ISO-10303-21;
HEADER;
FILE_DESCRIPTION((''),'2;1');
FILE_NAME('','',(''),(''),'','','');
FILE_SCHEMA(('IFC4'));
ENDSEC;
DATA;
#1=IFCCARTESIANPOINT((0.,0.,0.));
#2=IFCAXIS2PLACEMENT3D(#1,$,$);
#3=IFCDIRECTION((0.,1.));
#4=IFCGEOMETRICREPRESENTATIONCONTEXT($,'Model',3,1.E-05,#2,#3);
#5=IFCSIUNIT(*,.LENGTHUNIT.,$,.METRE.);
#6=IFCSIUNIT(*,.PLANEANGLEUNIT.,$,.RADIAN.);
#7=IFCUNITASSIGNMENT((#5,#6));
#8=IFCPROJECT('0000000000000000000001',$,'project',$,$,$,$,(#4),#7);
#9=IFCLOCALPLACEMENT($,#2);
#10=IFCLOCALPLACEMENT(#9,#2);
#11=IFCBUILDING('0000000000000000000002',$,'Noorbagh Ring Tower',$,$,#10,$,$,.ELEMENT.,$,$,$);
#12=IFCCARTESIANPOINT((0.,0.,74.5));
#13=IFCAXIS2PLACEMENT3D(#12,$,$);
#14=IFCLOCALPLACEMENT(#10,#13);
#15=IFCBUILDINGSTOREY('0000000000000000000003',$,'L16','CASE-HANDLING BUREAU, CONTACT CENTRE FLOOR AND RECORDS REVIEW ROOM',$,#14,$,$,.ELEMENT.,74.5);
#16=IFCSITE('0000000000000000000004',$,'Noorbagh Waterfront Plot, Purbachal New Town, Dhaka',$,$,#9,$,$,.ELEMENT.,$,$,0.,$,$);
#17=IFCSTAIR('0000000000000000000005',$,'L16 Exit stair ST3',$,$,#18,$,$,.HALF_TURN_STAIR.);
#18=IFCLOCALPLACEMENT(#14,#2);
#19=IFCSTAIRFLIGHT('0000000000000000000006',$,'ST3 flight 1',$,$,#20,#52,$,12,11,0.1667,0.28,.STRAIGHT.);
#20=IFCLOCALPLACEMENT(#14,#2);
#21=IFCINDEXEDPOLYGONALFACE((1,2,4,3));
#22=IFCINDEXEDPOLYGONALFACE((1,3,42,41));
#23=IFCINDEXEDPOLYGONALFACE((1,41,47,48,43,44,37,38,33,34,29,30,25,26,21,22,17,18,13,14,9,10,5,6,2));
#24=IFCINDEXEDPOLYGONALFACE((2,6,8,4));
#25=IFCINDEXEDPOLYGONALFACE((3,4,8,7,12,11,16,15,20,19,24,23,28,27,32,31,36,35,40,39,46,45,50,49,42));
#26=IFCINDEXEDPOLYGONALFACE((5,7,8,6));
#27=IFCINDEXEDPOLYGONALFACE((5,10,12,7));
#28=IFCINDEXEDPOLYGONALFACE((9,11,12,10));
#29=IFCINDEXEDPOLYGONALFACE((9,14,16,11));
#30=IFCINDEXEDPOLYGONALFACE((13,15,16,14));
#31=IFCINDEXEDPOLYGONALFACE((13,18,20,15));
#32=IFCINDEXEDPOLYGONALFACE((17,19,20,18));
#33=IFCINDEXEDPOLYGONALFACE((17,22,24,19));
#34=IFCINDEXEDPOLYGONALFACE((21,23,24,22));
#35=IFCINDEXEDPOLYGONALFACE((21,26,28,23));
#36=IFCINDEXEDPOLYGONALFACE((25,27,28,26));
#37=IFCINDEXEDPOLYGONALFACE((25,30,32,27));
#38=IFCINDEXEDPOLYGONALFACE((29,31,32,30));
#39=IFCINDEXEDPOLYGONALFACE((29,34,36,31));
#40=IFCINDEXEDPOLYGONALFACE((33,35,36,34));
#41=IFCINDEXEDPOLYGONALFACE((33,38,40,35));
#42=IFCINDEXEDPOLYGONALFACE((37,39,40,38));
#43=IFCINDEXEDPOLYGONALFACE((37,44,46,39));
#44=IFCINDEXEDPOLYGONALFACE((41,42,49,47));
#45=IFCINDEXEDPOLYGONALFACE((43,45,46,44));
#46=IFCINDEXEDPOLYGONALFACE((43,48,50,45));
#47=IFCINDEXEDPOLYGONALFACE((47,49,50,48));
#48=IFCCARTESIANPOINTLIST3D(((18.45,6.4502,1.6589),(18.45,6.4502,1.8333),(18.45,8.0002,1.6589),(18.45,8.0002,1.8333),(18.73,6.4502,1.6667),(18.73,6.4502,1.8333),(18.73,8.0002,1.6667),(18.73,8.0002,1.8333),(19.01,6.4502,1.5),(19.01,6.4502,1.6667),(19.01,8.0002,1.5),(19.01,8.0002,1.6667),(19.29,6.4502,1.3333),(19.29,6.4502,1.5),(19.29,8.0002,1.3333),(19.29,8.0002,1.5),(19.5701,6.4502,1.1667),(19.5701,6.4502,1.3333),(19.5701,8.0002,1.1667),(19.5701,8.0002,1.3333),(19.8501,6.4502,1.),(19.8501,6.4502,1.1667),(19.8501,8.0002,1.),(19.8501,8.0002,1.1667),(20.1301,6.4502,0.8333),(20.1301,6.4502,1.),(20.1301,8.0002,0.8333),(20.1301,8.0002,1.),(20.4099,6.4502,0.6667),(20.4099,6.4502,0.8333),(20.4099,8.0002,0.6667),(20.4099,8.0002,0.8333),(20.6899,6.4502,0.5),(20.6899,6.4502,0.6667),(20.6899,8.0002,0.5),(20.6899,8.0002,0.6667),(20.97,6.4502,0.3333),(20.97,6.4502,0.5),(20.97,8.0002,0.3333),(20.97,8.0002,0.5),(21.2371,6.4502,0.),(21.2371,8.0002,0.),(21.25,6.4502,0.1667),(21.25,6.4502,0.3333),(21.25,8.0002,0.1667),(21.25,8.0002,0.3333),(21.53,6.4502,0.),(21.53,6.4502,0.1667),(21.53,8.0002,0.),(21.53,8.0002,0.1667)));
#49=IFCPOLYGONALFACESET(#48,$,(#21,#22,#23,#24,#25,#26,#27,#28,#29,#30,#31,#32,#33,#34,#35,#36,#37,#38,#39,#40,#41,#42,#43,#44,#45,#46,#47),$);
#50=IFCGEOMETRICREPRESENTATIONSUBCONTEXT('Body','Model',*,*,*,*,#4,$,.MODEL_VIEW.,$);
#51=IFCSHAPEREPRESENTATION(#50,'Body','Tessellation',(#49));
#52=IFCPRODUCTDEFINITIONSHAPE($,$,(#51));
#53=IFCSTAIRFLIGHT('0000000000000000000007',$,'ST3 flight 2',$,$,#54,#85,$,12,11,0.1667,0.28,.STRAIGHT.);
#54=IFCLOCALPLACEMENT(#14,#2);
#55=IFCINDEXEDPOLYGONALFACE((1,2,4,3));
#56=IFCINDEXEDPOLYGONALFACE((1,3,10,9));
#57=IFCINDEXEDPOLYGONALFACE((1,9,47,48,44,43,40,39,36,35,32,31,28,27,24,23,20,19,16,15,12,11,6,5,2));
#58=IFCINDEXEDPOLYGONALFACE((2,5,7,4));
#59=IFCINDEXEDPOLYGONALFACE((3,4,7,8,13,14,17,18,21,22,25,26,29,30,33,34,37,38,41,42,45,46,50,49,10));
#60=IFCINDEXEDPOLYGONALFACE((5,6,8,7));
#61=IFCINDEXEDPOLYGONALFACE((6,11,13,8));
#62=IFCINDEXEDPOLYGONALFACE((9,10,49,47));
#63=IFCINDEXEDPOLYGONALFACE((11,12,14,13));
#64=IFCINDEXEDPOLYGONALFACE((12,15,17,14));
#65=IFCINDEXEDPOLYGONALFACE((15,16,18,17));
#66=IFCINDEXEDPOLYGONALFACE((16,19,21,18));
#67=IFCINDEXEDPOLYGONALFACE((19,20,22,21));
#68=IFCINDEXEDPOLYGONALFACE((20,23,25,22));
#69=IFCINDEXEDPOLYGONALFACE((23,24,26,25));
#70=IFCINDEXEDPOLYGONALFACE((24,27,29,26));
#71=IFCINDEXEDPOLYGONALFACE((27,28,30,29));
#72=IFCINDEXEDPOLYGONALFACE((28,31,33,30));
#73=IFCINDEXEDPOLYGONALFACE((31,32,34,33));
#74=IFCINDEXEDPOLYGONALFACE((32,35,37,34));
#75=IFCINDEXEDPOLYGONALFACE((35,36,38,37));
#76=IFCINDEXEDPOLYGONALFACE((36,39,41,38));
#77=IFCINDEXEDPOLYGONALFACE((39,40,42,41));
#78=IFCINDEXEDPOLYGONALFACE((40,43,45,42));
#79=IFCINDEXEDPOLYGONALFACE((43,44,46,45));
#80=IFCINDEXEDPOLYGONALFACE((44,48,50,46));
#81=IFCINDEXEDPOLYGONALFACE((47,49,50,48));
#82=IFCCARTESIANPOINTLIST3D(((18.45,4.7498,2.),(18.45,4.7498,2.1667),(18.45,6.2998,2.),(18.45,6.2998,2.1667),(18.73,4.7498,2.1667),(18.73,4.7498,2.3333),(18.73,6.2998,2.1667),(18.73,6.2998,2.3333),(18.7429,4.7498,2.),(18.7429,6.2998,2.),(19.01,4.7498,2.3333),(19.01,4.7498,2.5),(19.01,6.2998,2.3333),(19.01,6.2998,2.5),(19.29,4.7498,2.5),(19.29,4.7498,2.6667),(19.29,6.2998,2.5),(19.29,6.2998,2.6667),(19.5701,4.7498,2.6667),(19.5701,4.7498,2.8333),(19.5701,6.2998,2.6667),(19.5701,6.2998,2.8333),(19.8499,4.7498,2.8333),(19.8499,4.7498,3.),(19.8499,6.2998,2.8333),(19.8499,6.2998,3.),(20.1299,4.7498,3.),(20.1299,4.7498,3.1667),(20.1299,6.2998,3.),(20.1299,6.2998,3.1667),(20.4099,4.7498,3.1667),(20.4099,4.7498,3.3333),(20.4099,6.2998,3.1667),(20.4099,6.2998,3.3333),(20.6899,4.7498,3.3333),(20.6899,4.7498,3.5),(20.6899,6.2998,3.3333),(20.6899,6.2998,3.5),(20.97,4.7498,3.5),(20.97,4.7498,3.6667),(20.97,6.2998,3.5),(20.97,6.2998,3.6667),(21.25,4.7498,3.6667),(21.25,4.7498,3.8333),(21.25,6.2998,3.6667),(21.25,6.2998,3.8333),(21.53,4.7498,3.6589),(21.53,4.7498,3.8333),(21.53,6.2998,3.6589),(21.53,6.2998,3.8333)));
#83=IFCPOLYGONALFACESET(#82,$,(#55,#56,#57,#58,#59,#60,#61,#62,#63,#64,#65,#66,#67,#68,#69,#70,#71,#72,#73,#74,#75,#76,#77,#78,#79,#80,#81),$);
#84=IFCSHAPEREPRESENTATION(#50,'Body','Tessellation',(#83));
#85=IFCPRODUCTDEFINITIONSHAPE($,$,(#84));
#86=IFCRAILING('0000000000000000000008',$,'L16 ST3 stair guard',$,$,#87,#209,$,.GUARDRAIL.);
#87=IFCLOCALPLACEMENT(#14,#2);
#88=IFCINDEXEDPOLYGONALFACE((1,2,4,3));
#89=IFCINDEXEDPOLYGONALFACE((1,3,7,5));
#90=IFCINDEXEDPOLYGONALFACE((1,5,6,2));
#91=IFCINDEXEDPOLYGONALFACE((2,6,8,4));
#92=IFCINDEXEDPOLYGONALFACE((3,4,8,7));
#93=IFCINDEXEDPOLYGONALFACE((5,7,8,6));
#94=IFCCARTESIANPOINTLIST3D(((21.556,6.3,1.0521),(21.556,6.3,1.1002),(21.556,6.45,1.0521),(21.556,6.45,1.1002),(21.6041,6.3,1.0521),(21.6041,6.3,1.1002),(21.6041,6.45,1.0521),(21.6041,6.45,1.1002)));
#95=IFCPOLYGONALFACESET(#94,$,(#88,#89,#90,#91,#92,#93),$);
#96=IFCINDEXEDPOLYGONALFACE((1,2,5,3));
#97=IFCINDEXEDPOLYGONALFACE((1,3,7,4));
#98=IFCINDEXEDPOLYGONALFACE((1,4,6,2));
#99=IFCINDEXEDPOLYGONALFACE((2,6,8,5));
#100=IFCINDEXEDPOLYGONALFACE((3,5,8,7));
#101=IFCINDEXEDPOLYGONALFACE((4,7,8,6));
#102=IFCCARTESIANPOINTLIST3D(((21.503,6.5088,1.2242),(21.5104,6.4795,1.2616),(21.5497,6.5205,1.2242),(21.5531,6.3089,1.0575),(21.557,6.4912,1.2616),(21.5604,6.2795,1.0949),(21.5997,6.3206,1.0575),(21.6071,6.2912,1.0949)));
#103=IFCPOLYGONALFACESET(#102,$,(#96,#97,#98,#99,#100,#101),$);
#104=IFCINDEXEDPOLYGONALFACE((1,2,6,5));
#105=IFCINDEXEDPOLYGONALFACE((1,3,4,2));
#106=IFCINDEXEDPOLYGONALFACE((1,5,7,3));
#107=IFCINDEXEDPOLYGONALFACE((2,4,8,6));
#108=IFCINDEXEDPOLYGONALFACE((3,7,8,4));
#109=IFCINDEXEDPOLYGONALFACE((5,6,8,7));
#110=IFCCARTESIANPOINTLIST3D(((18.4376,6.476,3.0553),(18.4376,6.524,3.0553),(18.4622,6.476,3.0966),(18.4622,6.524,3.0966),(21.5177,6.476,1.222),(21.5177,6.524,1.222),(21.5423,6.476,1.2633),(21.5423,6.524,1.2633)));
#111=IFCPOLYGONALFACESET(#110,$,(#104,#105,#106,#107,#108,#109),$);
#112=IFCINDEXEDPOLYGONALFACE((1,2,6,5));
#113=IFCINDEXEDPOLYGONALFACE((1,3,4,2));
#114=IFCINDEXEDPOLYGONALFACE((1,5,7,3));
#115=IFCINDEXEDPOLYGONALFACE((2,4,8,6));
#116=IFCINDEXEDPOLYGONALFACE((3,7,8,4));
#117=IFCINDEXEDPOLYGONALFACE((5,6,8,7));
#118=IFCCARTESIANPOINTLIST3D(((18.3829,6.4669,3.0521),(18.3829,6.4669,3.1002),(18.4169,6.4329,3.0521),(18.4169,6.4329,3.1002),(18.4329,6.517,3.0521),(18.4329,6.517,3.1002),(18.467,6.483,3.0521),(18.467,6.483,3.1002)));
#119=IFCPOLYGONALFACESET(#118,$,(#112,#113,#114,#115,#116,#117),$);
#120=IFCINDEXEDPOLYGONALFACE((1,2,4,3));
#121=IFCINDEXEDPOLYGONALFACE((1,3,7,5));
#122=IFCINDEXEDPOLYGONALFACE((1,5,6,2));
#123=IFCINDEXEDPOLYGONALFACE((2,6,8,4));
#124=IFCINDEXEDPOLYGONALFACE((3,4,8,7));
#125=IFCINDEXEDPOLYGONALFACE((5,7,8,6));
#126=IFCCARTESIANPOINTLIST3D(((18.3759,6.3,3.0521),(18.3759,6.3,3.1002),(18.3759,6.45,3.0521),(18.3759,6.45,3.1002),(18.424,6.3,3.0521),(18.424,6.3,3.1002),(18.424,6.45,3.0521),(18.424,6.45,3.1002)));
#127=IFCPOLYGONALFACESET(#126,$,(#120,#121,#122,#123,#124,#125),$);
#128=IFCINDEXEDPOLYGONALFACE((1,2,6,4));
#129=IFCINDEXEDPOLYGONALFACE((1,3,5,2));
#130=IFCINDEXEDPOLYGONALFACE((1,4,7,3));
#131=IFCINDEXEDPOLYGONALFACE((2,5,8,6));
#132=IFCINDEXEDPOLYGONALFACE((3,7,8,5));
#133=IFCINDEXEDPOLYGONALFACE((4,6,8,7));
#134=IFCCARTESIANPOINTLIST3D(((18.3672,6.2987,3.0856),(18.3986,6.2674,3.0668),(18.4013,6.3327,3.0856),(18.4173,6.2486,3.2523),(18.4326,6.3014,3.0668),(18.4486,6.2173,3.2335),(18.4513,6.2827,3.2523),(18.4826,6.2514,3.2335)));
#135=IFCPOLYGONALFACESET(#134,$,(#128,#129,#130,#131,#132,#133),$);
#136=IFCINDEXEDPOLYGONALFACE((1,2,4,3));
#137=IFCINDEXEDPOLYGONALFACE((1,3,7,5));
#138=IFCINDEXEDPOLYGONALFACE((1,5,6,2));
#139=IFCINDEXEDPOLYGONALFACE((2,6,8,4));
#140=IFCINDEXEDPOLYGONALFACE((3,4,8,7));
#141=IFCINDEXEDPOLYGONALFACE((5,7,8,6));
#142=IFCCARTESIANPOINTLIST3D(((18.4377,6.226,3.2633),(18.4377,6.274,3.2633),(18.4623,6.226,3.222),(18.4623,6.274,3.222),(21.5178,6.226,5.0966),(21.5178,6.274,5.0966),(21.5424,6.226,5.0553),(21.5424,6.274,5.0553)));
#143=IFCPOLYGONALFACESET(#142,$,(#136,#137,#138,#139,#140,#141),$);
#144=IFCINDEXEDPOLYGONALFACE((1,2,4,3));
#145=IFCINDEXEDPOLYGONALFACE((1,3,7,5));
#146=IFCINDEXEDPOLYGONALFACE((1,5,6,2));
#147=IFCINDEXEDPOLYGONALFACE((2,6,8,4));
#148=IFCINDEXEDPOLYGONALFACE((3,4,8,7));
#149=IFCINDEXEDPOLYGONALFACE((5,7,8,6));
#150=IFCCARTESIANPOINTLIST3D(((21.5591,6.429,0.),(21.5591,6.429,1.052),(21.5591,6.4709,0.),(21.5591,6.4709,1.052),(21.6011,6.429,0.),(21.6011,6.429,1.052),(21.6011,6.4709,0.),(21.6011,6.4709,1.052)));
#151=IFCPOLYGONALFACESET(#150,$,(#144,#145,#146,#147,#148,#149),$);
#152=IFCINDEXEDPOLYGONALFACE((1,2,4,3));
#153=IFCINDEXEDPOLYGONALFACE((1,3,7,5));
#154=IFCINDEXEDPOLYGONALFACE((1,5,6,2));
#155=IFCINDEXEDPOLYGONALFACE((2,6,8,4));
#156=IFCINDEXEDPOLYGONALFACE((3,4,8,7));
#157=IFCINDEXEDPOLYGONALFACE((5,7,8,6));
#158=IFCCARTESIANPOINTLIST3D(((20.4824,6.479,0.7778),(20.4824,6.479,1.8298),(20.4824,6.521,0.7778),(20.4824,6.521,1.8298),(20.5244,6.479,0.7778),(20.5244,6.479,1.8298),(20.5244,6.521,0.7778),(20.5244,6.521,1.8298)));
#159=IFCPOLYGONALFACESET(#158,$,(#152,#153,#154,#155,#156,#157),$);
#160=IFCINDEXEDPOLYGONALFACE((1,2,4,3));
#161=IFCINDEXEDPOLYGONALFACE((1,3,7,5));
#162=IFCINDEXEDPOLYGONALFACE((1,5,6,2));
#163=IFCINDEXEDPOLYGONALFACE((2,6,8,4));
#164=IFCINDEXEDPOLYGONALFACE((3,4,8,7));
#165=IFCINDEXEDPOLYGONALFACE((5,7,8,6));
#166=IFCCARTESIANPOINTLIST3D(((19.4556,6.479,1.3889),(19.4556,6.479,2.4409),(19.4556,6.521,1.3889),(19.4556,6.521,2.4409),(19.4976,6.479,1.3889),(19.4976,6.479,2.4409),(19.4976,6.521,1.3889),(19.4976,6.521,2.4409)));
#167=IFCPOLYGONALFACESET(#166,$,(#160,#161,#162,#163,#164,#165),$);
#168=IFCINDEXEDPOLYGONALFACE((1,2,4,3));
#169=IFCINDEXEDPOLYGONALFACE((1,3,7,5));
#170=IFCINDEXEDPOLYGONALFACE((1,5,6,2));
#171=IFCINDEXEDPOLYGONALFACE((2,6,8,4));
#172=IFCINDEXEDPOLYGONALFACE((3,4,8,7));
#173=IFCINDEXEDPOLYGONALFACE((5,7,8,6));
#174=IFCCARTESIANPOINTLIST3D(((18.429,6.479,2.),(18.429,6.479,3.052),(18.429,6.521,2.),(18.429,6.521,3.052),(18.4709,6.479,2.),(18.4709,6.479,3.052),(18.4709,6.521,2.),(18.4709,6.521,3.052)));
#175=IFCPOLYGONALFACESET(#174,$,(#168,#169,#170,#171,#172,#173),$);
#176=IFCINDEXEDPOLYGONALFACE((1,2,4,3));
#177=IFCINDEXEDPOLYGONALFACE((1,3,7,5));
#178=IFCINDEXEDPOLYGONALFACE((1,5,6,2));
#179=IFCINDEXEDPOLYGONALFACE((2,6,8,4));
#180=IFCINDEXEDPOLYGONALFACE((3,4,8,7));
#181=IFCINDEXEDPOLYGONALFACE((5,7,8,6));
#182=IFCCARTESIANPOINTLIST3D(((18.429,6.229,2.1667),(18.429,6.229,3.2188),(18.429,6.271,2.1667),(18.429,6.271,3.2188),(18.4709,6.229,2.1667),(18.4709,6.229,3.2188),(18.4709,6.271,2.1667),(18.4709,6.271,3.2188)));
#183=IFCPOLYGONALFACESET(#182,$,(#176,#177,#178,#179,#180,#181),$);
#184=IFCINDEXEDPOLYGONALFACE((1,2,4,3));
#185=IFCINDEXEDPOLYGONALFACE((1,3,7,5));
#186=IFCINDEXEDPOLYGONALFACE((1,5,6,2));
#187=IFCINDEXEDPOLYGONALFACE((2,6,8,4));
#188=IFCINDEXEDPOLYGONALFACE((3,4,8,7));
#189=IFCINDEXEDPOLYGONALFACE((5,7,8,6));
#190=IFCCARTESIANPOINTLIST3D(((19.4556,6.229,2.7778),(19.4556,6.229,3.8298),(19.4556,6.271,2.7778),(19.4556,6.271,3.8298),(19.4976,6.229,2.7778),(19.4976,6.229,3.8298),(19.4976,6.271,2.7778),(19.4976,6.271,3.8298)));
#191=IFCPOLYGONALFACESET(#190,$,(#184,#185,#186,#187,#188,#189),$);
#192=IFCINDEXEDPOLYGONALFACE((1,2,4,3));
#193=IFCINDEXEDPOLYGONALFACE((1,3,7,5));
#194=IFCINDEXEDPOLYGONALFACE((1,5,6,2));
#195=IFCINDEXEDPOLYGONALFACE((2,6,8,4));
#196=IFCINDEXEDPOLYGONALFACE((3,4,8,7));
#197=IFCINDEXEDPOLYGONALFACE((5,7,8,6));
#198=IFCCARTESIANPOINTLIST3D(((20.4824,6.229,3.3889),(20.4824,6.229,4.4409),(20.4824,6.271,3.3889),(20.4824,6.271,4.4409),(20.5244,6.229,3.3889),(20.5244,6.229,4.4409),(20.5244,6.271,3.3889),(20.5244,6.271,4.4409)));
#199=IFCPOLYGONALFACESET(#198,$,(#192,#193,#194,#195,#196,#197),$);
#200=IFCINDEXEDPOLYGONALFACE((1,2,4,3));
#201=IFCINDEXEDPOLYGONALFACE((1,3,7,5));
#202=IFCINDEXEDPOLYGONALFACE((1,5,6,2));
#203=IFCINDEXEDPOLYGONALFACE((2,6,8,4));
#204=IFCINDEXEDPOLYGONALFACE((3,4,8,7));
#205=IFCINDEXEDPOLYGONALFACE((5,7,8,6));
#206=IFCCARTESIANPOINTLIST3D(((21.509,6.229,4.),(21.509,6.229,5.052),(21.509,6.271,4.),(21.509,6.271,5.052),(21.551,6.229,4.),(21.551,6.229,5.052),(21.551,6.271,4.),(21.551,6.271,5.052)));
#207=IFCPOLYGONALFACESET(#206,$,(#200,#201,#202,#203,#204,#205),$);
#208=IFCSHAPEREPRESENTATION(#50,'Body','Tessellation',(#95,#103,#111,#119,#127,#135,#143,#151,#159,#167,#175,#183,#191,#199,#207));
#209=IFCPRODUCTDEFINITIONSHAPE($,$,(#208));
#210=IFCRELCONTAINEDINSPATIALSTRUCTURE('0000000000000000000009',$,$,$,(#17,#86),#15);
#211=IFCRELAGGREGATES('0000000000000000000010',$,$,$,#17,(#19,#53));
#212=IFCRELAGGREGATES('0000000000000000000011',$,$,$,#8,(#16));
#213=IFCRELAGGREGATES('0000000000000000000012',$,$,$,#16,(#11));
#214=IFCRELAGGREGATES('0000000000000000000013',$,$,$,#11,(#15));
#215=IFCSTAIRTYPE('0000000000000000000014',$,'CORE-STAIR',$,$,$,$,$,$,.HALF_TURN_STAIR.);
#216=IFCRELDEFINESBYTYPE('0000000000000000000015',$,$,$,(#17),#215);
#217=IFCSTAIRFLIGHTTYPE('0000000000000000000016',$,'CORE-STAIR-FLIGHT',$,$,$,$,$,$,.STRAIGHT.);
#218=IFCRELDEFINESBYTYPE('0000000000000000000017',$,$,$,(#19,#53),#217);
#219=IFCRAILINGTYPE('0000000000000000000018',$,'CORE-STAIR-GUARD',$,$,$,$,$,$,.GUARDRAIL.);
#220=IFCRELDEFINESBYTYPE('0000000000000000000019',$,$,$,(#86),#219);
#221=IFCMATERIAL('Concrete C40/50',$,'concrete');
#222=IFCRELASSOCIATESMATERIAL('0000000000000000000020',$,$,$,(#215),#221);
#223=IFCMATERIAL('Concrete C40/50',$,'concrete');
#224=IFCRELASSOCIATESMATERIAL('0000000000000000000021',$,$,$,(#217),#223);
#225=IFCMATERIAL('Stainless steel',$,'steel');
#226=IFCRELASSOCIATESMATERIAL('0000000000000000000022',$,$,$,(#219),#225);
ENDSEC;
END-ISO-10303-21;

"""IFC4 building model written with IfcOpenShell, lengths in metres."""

from ifc_helpers import new_model, si_unit, direction, frame, origin, origin_2d, place, context, subcontext, project, spatial, polyline, rectangle, outline, extrude, material, type_object, element, aggregate, save


model = new_model("IFC4")

# Units and contexts
model_context = context("Model", 3, precision=1e-05, world=origin(), true_north=direction((0.0, 1.0)))
body_context = subcontext(model_context, "Body", "Model", "MODEL_VIEW")
ifc_project = project(units=[si_unit("LENGTHUNIT", "METRE"), si_unit("PLANEANGLEUNIT", "RADIAN")], contexts=[model_context])

# Site, building, storey
site_placement = place(None, origin())
site = spatial("IfcSite", under=ifc_project, at=site_placement, Name="Noorbagh Waterfront Plot, Purbachal New Town, Dhaka", CompositionType="ELEMENT", RefElevation=0.0)
building_placement = place(site_placement, origin())
building = spatial("IfcBuilding", under=site, at=building_placement, Name="Noorbagh Ring Tower", CompositionType="ELEMENT")
storey_placement = place(building_placement, frame((0.0, 0.0, 74.5)))
storey = spatial("IfcBuildingStorey", under=building, at=storey_placement, Name="L16", Description="CASE-HANDLING BUREAU, CONTACT CENTRE FLOOR AND RECORDS REVIEW ROOM", CompositionType="ELEMENT", Elevation=74.5)

# Stair, stair flights
ifc_material_1 = material(Name="Concrete C40/50", Category="concrete")
stair_type = type_object("IfcStairType", Name="CORE-STAIR", PredefinedType="HALF_TURN_STAIR", material=ifc_material_1)
stair_placement = place(storey_placement, origin())
stair = element("IfcStair", 1, at=stair_placement, inside=storey, type_object=stair_type, Name="L16 Exit stair ST3", PredefinedType="HALF_TURN_STAIR")
ifc_material_2 = material(Name="Concrete C40/50", Category="concrete")
stair_flight_type = type_object("IfcStairFlightType", Name="CORE-STAIR-FLIGHT", PredefinedType="STRAIGHT", material=ifc_material_2)
stair_flight_1_placement = place(storey_placement, frame((21.53, 7.2251, 0.0), z_axis=(0.0, 0.0, 1.0), x_axis=(-1.0, 0.0, 0.0)))
stair_flight_1 = element("IfcStairFlight", 2, at=stair_flight_1_placement, type_object=stair_flight_type, Name="ST3 flight 1", NumberOfRisers=12, NumberOfTreads=11, PredefinedType="STRAIGHT", RiserHeight=0.1667, TreadLength=0.28, context=body_context, shape_type="SweptSolid", body=[
    extrude(outline(polyline([(0.0, 0.0), (0.0, 0.1667), (0.28, 0.1667), (0.28, 0.3333), (0.5601, 0.3333), (0.5601, 0.5), (0.8401, 0.5), (0.8401, 0.6667), (1.1201, 0.6667), (1.1201, 0.8333), (1.3999, 0.8333), (1.3999, 1.0), (1.6799, 1.0), (1.6799, 1.1667), (1.96, 1.1667), (1.96, 1.3333), (2.24, 1.3333), (2.24, 1.5), (2.52, 1.5), (2.52, 1.6667), (2.8, 1.6667), (2.8, 1.8333), (3.0801, 1.8333), (3.0801, 2.0), (3.0801, 1.6589), (0.293, 0.0), (0.0, 0.0)])), frame((0.0, 0.7749, 0.0), z_axis=(0.0, -1.0, 0.0), x_axis=(1.0, 0.0, 0.0)), (0.0, 0.0, 1.0), 1.55),
])
stair_flight_2_placement = place(storey_placement, frame((18.45, 5.5249, 2.0), z_axis=(0.0, 0.0, 1.0), x_axis=(1.0, 0.0, 0.0)))
stair_flight_2 = element("IfcStairFlight", 3, at=stair_flight_2_placement, type_object=stair_flight_type, Name="ST3 flight 2", NumberOfRisers=12, NumberOfTreads=11, PredefinedType="STRAIGHT", RiserHeight=0.1667, TreadLength=0.28, context=body_context, shape_type="SweptSolid", body=[
    extrude(outline(polyline([(0.0, 0.0), (0.0, 0.1667), (0.28, 0.1667), (0.28, 0.3333), (0.5601, 0.3333), (0.5601, 0.5), (0.8401, 0.5), (0.8401, 0.6667), (1.1201, 0.6667), (1.1201, 0.8333), (1.3999, 0.8333), (1.3999, 1.0), (1.6799, 1.0), (1.6799, 1.1667), (1.96, 1.1667), (1.96, 1.3333), (2.24, 1.3333), (2.24, 1.5), (2.52, 1.5), (2.52, 1.6667), (2.8, 1.6667), (2.8, 1.8333), (3.0801, 1.8333), (3.0801, 2.0), (3.0801, 1.6589), (0.293, 0.0), (0.0, 0.0)])), frame((0.0, 0.7749, 0.0), z_axis=(0.0, -1.0, 0.0), x_axis=(1.0, 0.0, 0.0)), (0.0, 0.0, 1.0), 1.55),
])
aggregate(stair, [stair_flight_1, stair_flight_2])

# Railing
ifc_material_3 = material(Name="Stainless steel", Category="steel")
railing_type_1 = type_object("IfcRailingType", Name="CORE-STAIR-GUARD", PredefinedType="GUARDRAIL", material=ifc_material_3)
railing_1_placement = place(storey_placement, frame((21.5801, 6.45, 0.0)))
element("IfcRailing", 4, at=railing_1_placement, inside=storey, type_object=railing_type_1, Name="L16 ST3 stair guard", PredefinedType="GUARDRAIL", context=body_context, shape_type="SweptSolid", body=[
    extrude(rectangle(XDim=0.0481, YDim=0.0481, at=origin_2d()), frame((0.0, 0.0, 1.0762), z_axis=(0.0, -1.0, 0.0), x_axis=(1.0, 0.0, 0.0)), (0.0, 0.0, 1.0), 0.1499),
    extrude(rectangle(XDim=0.0481, YDim=0.0481, at=origin_2d()), frame((0.0, -0.1499, 1.0762), z_axis=(-0.188776, 0.754182, 0.628946), x_axis=(-0.970073, -0.242814, 0.0)), (0.0, 0.0, 1.0), 0.2651),
    extrude(rectangle(XDim=0.0481, YDim=0.0481, at=origin_2d()), frame((-0.05, 0.05, 1.2427), z_axis=(-0.859309, 0.0, 0.511458), x_axis=(0.0, -1.0, 0.0)), (0.0, 0.0, 1.0), 3.5845),
    extrude(rectangle(XDim=0.0481, YDim=0.0481, at=origin_2d()), frame((-3.1301, 0.05, 3.0762), z_axis=(-0.707107, -0.707107, 0.0), x_axis=(0.707107, -0.707107, 0.0)), (0.0, 0.0, 1.0), 0.0708),
    extrude(rectangle(XDim=0.0481, YDim=0.0481, at=origin_2d()), frame((-3.1802, 0.0, 3.0762), z_axis=(0.0, -1.0, 0.0), x_axis=(1.0, 0.0, 0.0)), (0.0, 0.0, 1.0), 0.1499),
    extrude(rectangle(XDim=0.0481, YDim=0.0481, at=origin_2d()), frame((-3.1802, -0.1499, 3.0762), z_axis=(0.276287, -0.276287, 0.920506), x_axis=(0.707107, 0.707107, 0.0)), (0.0, 0.0, 1.0), 0.1812),
    extrude(rectangle(XDim=0.0481, YDim=0.0481, at=origin_2d()), frame((-3.1301, -0.2, 3.2427), z_axis=(0.859309, 0.0, 0.511458), x_axis=(0.0, 1.0, 0.0)), (0.0, 0.0, 1.0), 3.5845),
    extrude(rectangle(XDim=0.042, YDim=0.042, at=origin_2d()), origin(), (0.0, 0.0, 1.0), 1.052),
    extrude(rectangle(XDim=0.042, YDim=0.042, at=origin_2d()), frame((-1.0767, 0.05, 0.7778)), (0.0, 0.0, 1.0), 1.052),
    extrude(rectangle(XDim=0.042, YDim=0.042, at=origin_2d()), frame((-2.1035, 0.05, 1.3889)), (0.0, 0.0, 1.0), 1.052),
    extrude(rectangle(XDim=0.042, YDim=0.042, at=origin_2d()), frame((-3.1301, 0.05, 2.0)), (0.0, 0.0, 1.0), 1.052),
    extrude(rectangle(XDim=0.042, YDim=0.042, at=origin_2d()), frame((-3.1301, -0.2, 2.1667)), (0.0, 0.0, 1.0), 1.052),
    extrude(rectangle(XDim=0.042, YDim=0.042, at=origin_2d()), frame((-2.1035, -0.2, 2.7778)), (0.0, 0.0, 1.0), 1.052),
    extrude(rectangle(XDim=0.042, YDim=0.042, at=origin_2d()), frame((-1.0767, -0.2, 3.3889)), (0.0, 0.0, 1.0), 1.052),
    extrude(rectangle(XDim=0.042, YDim=0.042, at=origin_2d()), frame((-0.05, -0.2, 4.0)), (0.0, 0.0, 1.0), 1.052),
])

save(model, "model.ifc")
